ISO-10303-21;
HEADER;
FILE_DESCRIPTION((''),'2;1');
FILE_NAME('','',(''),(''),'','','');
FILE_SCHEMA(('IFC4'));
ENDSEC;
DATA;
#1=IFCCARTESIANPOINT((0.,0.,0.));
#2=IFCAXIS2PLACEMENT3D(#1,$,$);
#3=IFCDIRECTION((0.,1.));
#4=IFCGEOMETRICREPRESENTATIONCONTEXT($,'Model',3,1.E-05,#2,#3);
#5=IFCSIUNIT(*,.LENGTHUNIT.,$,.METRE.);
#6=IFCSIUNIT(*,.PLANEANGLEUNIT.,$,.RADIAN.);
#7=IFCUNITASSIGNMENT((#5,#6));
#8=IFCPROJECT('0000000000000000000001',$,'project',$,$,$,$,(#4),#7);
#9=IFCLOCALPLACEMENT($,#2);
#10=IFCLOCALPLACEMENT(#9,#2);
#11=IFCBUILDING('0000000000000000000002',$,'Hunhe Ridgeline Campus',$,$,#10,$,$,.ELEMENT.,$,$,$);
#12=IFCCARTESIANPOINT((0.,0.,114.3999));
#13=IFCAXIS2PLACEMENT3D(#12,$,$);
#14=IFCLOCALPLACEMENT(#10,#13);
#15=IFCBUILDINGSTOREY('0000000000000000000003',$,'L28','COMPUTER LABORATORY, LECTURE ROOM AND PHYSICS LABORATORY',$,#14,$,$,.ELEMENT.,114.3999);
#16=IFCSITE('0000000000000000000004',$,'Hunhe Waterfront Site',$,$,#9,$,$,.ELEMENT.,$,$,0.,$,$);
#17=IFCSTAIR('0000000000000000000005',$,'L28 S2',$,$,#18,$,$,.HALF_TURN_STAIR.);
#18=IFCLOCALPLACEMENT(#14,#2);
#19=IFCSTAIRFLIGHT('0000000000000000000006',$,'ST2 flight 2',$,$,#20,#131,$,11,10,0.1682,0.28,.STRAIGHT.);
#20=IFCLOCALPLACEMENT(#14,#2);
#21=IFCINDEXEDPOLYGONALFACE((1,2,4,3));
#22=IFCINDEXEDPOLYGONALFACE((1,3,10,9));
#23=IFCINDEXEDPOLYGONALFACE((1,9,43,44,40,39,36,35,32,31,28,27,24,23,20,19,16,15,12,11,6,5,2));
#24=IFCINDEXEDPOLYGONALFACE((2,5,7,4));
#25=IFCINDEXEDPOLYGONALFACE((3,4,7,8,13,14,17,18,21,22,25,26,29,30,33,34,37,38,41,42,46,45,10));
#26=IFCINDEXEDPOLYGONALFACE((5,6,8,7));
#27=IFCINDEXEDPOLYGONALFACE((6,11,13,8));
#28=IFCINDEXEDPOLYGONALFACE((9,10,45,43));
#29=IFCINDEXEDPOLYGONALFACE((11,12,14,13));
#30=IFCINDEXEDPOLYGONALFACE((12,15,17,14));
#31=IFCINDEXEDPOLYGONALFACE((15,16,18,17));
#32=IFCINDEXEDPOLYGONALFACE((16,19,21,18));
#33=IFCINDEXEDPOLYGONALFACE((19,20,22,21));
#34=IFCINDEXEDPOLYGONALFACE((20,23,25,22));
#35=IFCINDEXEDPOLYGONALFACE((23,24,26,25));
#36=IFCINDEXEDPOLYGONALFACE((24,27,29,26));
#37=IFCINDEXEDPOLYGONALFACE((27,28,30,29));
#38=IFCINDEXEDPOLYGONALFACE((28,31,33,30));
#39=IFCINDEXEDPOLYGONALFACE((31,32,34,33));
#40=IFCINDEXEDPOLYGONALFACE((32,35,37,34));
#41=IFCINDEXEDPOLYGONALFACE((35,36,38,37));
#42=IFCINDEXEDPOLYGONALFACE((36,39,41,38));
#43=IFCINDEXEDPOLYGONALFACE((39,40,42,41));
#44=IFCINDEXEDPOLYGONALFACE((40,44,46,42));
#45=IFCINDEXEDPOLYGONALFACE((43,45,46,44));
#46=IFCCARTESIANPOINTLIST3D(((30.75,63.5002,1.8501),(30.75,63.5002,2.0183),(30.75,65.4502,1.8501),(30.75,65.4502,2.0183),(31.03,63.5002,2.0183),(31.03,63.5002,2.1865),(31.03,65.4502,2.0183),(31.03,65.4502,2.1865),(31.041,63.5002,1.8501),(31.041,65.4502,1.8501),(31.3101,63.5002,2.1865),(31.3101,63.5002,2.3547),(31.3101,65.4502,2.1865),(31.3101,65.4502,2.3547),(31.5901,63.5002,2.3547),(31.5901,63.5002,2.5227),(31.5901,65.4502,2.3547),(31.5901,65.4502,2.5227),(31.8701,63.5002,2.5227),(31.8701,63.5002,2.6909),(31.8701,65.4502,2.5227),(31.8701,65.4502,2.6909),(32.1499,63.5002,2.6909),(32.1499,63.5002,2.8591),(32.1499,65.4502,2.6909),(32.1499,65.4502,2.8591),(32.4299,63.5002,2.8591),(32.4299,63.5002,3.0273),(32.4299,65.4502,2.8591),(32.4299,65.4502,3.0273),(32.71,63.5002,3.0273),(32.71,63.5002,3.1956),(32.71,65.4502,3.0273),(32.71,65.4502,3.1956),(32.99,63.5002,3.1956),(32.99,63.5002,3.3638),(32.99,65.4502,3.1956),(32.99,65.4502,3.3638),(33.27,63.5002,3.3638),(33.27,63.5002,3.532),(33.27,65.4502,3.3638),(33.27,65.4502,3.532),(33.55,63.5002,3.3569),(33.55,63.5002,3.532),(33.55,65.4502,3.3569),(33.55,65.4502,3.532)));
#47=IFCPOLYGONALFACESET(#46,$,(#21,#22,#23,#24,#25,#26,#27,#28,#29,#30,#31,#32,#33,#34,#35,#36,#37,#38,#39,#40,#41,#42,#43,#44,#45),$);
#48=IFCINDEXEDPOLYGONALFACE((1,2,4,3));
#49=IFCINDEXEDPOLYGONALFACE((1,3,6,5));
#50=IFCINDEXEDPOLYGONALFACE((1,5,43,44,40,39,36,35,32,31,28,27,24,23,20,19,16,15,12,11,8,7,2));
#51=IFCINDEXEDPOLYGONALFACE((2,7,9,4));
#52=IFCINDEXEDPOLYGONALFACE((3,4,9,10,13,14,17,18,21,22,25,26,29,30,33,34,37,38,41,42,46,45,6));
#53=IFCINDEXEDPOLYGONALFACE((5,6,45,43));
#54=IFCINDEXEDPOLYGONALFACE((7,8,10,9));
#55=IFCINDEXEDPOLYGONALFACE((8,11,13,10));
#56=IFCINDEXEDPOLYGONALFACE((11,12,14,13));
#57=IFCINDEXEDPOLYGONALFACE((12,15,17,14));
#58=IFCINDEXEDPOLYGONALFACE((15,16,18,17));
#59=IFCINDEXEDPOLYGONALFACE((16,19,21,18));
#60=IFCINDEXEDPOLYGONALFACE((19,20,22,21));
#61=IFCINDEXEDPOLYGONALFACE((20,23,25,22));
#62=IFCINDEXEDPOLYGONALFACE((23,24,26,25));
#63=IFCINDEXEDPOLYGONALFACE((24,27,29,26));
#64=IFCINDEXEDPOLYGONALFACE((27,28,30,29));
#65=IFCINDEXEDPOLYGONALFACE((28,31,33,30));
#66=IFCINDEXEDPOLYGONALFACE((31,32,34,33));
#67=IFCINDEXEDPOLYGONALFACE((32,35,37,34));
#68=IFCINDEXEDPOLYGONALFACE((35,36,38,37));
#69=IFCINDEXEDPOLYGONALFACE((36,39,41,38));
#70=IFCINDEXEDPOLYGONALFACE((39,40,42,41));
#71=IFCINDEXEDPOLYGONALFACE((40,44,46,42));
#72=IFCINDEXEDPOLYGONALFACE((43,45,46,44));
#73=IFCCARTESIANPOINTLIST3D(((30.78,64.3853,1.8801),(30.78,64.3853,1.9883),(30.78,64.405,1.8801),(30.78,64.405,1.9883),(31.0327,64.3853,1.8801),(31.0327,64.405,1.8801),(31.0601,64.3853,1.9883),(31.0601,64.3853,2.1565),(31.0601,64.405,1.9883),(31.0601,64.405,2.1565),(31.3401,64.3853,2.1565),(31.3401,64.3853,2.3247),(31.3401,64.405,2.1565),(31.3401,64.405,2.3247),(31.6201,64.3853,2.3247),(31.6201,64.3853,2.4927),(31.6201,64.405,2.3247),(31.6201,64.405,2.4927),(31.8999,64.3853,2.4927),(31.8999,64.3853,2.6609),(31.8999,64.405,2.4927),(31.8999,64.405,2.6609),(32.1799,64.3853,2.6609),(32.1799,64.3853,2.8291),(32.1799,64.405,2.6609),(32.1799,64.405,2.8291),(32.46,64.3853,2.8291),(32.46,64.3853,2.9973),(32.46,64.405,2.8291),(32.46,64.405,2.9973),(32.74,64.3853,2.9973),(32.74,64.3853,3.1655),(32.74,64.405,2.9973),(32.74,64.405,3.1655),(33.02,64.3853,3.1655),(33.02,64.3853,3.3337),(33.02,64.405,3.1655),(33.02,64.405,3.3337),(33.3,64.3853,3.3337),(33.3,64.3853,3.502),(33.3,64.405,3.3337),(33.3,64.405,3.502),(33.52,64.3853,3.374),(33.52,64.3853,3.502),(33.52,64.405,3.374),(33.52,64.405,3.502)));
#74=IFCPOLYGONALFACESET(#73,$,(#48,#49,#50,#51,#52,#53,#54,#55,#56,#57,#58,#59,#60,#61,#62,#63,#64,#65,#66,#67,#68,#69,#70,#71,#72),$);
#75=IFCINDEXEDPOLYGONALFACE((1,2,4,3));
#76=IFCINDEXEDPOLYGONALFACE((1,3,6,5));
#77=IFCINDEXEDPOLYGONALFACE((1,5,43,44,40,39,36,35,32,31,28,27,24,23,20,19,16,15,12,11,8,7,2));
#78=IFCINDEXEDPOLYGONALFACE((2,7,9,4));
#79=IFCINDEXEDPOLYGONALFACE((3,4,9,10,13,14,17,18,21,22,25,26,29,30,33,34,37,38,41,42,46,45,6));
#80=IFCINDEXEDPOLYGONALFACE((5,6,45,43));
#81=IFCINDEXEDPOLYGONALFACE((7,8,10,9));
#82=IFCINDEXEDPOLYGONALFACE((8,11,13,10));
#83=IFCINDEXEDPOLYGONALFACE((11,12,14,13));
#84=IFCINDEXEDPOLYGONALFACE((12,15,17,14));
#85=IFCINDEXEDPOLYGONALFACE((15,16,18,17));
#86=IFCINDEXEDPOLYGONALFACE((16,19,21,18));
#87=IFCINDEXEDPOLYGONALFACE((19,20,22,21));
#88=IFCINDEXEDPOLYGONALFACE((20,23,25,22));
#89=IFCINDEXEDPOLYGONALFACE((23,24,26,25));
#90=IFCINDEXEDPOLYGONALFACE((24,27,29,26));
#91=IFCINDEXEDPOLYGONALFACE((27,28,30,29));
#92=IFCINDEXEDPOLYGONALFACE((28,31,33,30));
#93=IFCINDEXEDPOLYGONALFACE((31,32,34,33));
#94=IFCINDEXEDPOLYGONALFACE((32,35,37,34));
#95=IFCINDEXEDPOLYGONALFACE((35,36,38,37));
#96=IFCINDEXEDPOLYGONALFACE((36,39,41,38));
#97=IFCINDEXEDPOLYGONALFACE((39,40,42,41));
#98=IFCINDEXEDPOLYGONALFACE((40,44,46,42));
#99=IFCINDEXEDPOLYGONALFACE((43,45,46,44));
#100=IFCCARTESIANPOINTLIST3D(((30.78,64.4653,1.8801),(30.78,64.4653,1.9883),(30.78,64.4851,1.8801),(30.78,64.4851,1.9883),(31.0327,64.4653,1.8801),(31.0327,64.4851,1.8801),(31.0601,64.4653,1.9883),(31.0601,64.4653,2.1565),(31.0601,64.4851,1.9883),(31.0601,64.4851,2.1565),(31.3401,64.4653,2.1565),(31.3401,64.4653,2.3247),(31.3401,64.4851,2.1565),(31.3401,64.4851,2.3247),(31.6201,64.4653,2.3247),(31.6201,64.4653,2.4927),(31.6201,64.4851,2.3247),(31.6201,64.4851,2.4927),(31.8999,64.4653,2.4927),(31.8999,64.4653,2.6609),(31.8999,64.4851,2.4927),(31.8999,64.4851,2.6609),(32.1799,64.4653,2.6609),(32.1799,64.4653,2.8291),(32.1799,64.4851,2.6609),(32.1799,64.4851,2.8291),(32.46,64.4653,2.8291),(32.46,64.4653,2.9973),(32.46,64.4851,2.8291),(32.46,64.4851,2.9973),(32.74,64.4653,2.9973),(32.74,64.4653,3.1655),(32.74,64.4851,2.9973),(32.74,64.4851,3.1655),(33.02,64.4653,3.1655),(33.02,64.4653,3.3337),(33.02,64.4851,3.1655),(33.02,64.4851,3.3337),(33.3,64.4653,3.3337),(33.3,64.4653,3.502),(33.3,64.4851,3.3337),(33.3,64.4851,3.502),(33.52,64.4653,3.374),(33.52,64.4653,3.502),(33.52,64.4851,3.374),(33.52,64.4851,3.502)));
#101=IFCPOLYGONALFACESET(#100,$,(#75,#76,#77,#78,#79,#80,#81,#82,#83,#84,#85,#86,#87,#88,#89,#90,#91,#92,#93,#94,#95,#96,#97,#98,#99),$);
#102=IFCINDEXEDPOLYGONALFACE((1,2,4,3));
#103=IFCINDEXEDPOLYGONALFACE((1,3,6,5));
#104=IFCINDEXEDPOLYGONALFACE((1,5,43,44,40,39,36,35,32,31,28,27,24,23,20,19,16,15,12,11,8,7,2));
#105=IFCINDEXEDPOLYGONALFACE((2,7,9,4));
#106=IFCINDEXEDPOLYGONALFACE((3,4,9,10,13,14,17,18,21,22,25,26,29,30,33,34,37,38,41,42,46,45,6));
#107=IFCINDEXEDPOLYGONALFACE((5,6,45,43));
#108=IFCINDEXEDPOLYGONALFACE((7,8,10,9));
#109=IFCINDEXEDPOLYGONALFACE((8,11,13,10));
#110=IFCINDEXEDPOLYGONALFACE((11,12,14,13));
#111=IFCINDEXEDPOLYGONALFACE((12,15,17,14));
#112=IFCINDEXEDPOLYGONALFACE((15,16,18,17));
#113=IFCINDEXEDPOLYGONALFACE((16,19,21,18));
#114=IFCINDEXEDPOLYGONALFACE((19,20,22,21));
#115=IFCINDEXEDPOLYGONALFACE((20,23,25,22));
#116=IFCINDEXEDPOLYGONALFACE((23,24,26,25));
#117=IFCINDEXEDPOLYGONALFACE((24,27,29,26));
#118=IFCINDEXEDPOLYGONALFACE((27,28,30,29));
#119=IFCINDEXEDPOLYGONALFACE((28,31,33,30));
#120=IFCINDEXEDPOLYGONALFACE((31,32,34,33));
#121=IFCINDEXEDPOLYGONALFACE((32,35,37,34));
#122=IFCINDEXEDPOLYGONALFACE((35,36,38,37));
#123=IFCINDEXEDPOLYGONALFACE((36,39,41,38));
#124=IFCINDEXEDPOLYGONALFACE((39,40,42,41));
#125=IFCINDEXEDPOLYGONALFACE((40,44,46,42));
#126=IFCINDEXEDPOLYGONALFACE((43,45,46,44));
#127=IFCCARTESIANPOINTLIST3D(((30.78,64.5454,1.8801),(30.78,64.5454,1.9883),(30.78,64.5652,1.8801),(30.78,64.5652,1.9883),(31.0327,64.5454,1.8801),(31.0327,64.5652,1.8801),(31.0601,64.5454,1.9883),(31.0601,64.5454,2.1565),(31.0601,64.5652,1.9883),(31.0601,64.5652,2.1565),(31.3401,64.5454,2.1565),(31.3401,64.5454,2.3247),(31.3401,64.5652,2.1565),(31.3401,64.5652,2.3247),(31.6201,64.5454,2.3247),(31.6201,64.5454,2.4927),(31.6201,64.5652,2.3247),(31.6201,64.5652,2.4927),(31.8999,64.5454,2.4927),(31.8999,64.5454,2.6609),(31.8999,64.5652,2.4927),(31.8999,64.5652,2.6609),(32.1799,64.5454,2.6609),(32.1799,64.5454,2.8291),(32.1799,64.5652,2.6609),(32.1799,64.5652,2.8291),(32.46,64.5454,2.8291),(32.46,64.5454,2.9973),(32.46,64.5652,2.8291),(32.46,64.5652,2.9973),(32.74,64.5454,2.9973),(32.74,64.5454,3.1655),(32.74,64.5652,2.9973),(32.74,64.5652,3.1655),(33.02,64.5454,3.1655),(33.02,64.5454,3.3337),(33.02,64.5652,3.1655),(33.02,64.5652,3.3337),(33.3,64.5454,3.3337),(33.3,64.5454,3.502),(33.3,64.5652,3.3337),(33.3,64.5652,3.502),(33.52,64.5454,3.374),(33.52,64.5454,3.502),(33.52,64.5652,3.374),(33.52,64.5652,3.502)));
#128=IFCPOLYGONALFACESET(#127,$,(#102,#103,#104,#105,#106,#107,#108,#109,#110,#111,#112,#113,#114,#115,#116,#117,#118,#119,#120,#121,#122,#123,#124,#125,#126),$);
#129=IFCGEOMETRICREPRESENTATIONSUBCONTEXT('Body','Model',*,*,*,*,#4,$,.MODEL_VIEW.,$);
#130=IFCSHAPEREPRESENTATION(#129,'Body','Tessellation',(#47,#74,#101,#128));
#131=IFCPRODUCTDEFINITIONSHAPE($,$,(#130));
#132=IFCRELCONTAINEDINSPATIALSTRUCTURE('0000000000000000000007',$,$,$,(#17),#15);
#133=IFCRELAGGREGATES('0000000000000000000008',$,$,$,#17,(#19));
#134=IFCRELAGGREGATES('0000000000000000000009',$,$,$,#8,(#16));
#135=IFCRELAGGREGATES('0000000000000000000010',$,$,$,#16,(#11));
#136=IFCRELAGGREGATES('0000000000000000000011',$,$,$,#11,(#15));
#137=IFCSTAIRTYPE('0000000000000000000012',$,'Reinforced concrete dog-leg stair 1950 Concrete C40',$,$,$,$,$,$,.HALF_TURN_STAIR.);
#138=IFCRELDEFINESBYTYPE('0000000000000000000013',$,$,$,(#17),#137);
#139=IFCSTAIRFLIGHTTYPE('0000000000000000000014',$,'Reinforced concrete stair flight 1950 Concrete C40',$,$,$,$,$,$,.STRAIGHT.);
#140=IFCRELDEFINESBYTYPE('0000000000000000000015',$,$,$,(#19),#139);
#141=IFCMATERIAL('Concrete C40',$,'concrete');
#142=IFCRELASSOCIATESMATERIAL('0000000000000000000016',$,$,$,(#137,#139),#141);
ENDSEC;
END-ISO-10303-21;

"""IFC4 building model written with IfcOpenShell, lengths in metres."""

from ifc_helpers import new_model, si_unit, direction, frame, origin, place, context, subcontext, project, spatial, polyline, outline, extrude, material, type_object, element, aggregate, save


model = new_model("IFC4")

# Units and contexts
model_context = context("Model", 3, precision=1e-05, world=origin(), true_north=direction((0.0, 1.0)))
body_context = subcontext(model_context, "Body", "Model", "MODEL_VIEW")
ifc_project = project(units=[si_unit("LENGTHUNIT", "METRE"), si_unit("PLANEANGLEUNIT", "RADIAN")], contexts=[model_context])

# Site, building, storey
site_placement = place(None, origin())
site = spatial("IfcSite", under=ifc_project, at=site_placement, Name="Hunhe Waterfront Site", CompositionType="ELEMENT", RefElevation=0.0)
building_placement = place(site_placement, origin())
building = spatial("IfcBuilding", under=site, at=building_placement, Name="Hunhe Ridgeline Campus", CompositionType="ELEMENT")
storey_placement = place(building_placement, frame((0.0, 0.0, 114.3999)))
storey = spatial("IfcBuildingStorey", under=building, at=storey_placement, Name="L28", Description="COMPUTER LABORATORY, LECTURE ROOM AND PHYSICS LABORATORY", CompositionType="ELEMENT", Elevation=114.3999)

# Stair, stair flight
ifc_material_1 = material(Name="Concrete C40", Category="concrete")
stair_type = type_object("IfcStairType", Name="Reinforced concrete dog-leg stair 1950 Concrete C40", PredefinedType="HALF_TURN_STAIR", material=ifc_material_1)
stair_placement = place(storey_placement, origin())
stair = element("IfcStair", 1, at=stair_placement, inside=storey, type_object=stair_type, Name="L28 S2", PredefinedType="HALF_TURN_STAIR")
stair_flight_type = type_object("IfcStairFlightType", Name="Reinforced concrete stair flight 1950 Concrete C40", PredefinedType="STRAIGHT", material=ifc_material_1)
stair_flight_1_placement = place(storey_placement, frame((30.75, 64.4751, 1.8501), z_axis=(0.0, 0.0, 1.0), x_axis=(1.0, 0.0, 0.0)))
stair_flight_1 = element("IfcStairFlight", 2, at=stair_flight_1_placement, type_object=stair_flight_type, Name="ST2 flight 2", NumberOfRisers=11, NumberOfTreads=10, PredefinedType="STRAIGHT", RiserHeight=0.1682, TreadLength=0.28, context=body_context, shape_type="SweptSolid", body=[
    extrude(outline(polyline([(0.0, 0.0), (0.0, 0.1682), (0.28, 0.1682), (0.28, 0.3364), (0.5601, 0.3364), (0.5601, 0.5046), (0.8401, 0.5046), (0.8401, 0.6726), (1.1201, 0.6726), (1.1201, 0.8408), (1.3999, 0.8408), (1.3999, 1.009), (1.6799, 1.009), (1.6799, 1.1772), (1.96, 1.1772), (1.96, 1.3455), (2.24, 1.3455), (2.24, 1.5137), (2.52, 1.5137), (2.52, 1.6819), (2.8, 1.6819), (2.8, 1.8501), (2.8, 1.5068), (0.291, 0.0), (0.0, 0.0)])), frame((0.0, 0.9751, 0.0), z_axis=(0.0, -1.0, 0.0), x_axis=(1.0, 0.0, 0.0)), (0.0, 0.0, 1.0), 1.95),
    extrude(outline(polyline([(0.03, 0.03), (0.03, 0.1382), (0.3101, 0.1382), (0.3101, 0.3064), (0.5901, 0.3064), (0.5901, 0.4746), (0.8701, 0.4746), (0.8701, 0.6426), (1.1499, 0.6426), (1.1499, 0.8108), (1.4299, 0.8108), (1.4299, 0.979), (1.71, 0.979), (1.71, 1.1472), (1.99, 1.1472), (1.99, 1.3154), (2.27, 1.3154), (2.27, 1.4836), (2.55, 1.4836), (2.55, 1.6519), (2.77, 1.6519), (2.77, 1.5239), (0.2827, 0.03), (0.03, 0.03)])), frame((0.0, -0.0701, 0.0), z_axis=(0.0, -1.0, 0.0), x_axis=(1.0, 0.0, 0.0)), (0.0, 0.0, 1.0), 0.0198),
    extrude(outline(polyline([(0.03, 0.03), (0.03, 0.1382), (0.3101, 0.1382), (0.3101, 0.3064), (0.5901, 0.3064), (0.5901, 0.4746), (0.8701, 0.4746), (0.8701, 0.6426), (1.1499, 0.6426), (1.1499, 0.8108), (1.4299, 0.8108), (1.4299, 0.979), (1.71, 0.979), (1.71, 1.1472), (1.99, 1.1472), (1.99, 1.3154), (2.27, 1.3154), (2.27, 1.4836), (2.55, 1.4836), (2.55, 1.6519), (2.77, 1.6519), (2.77, 1.5239), (0.2827, 0.03), (0.03, 0.03)])), frame((0.0, 0.01, 0.0), z_axis=(0.0, -1.0, 0.0), x_axis=(1.0, 0.0, 0.0)), (0.0, 0.0, 1.0), 0.0198),
    extrude(outline(polyline([(0.03, 0.03), (0.03, 0.1382), (0.3101, 0.1382), (0.3101, 0.3064), (0.5901, 0.3064), (0.5901, 0.4746), (0.8701, 0.4746), (0.8701, 0.6426), (1.1499, 0.6426), (1.1499, 0.8108), (1.4299, 0.8108), (1.4299, 0.979), (1.71, 0.979), (1.71, 1.1472), (1.99, 1.1472), (1.99, 1.3154), (2.27, 1.3154), (2.27, 1.4836), (2.55, 1.4836), (2.55, 1.6519), (2.77, 1.6519), (2.77, 1.5239), (0.2827, 0.03), (0.03, 0.03)])), frame((0.0, 0.0901, 0.0), z_axis=(0.0, -1.0, 0.0), x_axis=(1.0, 0.0, 0.0)), (0.0, 0.0, 1.0), 0.0198),
])
aggregate(stair, [stair_flight_1])

save(model, "model.ifc")
